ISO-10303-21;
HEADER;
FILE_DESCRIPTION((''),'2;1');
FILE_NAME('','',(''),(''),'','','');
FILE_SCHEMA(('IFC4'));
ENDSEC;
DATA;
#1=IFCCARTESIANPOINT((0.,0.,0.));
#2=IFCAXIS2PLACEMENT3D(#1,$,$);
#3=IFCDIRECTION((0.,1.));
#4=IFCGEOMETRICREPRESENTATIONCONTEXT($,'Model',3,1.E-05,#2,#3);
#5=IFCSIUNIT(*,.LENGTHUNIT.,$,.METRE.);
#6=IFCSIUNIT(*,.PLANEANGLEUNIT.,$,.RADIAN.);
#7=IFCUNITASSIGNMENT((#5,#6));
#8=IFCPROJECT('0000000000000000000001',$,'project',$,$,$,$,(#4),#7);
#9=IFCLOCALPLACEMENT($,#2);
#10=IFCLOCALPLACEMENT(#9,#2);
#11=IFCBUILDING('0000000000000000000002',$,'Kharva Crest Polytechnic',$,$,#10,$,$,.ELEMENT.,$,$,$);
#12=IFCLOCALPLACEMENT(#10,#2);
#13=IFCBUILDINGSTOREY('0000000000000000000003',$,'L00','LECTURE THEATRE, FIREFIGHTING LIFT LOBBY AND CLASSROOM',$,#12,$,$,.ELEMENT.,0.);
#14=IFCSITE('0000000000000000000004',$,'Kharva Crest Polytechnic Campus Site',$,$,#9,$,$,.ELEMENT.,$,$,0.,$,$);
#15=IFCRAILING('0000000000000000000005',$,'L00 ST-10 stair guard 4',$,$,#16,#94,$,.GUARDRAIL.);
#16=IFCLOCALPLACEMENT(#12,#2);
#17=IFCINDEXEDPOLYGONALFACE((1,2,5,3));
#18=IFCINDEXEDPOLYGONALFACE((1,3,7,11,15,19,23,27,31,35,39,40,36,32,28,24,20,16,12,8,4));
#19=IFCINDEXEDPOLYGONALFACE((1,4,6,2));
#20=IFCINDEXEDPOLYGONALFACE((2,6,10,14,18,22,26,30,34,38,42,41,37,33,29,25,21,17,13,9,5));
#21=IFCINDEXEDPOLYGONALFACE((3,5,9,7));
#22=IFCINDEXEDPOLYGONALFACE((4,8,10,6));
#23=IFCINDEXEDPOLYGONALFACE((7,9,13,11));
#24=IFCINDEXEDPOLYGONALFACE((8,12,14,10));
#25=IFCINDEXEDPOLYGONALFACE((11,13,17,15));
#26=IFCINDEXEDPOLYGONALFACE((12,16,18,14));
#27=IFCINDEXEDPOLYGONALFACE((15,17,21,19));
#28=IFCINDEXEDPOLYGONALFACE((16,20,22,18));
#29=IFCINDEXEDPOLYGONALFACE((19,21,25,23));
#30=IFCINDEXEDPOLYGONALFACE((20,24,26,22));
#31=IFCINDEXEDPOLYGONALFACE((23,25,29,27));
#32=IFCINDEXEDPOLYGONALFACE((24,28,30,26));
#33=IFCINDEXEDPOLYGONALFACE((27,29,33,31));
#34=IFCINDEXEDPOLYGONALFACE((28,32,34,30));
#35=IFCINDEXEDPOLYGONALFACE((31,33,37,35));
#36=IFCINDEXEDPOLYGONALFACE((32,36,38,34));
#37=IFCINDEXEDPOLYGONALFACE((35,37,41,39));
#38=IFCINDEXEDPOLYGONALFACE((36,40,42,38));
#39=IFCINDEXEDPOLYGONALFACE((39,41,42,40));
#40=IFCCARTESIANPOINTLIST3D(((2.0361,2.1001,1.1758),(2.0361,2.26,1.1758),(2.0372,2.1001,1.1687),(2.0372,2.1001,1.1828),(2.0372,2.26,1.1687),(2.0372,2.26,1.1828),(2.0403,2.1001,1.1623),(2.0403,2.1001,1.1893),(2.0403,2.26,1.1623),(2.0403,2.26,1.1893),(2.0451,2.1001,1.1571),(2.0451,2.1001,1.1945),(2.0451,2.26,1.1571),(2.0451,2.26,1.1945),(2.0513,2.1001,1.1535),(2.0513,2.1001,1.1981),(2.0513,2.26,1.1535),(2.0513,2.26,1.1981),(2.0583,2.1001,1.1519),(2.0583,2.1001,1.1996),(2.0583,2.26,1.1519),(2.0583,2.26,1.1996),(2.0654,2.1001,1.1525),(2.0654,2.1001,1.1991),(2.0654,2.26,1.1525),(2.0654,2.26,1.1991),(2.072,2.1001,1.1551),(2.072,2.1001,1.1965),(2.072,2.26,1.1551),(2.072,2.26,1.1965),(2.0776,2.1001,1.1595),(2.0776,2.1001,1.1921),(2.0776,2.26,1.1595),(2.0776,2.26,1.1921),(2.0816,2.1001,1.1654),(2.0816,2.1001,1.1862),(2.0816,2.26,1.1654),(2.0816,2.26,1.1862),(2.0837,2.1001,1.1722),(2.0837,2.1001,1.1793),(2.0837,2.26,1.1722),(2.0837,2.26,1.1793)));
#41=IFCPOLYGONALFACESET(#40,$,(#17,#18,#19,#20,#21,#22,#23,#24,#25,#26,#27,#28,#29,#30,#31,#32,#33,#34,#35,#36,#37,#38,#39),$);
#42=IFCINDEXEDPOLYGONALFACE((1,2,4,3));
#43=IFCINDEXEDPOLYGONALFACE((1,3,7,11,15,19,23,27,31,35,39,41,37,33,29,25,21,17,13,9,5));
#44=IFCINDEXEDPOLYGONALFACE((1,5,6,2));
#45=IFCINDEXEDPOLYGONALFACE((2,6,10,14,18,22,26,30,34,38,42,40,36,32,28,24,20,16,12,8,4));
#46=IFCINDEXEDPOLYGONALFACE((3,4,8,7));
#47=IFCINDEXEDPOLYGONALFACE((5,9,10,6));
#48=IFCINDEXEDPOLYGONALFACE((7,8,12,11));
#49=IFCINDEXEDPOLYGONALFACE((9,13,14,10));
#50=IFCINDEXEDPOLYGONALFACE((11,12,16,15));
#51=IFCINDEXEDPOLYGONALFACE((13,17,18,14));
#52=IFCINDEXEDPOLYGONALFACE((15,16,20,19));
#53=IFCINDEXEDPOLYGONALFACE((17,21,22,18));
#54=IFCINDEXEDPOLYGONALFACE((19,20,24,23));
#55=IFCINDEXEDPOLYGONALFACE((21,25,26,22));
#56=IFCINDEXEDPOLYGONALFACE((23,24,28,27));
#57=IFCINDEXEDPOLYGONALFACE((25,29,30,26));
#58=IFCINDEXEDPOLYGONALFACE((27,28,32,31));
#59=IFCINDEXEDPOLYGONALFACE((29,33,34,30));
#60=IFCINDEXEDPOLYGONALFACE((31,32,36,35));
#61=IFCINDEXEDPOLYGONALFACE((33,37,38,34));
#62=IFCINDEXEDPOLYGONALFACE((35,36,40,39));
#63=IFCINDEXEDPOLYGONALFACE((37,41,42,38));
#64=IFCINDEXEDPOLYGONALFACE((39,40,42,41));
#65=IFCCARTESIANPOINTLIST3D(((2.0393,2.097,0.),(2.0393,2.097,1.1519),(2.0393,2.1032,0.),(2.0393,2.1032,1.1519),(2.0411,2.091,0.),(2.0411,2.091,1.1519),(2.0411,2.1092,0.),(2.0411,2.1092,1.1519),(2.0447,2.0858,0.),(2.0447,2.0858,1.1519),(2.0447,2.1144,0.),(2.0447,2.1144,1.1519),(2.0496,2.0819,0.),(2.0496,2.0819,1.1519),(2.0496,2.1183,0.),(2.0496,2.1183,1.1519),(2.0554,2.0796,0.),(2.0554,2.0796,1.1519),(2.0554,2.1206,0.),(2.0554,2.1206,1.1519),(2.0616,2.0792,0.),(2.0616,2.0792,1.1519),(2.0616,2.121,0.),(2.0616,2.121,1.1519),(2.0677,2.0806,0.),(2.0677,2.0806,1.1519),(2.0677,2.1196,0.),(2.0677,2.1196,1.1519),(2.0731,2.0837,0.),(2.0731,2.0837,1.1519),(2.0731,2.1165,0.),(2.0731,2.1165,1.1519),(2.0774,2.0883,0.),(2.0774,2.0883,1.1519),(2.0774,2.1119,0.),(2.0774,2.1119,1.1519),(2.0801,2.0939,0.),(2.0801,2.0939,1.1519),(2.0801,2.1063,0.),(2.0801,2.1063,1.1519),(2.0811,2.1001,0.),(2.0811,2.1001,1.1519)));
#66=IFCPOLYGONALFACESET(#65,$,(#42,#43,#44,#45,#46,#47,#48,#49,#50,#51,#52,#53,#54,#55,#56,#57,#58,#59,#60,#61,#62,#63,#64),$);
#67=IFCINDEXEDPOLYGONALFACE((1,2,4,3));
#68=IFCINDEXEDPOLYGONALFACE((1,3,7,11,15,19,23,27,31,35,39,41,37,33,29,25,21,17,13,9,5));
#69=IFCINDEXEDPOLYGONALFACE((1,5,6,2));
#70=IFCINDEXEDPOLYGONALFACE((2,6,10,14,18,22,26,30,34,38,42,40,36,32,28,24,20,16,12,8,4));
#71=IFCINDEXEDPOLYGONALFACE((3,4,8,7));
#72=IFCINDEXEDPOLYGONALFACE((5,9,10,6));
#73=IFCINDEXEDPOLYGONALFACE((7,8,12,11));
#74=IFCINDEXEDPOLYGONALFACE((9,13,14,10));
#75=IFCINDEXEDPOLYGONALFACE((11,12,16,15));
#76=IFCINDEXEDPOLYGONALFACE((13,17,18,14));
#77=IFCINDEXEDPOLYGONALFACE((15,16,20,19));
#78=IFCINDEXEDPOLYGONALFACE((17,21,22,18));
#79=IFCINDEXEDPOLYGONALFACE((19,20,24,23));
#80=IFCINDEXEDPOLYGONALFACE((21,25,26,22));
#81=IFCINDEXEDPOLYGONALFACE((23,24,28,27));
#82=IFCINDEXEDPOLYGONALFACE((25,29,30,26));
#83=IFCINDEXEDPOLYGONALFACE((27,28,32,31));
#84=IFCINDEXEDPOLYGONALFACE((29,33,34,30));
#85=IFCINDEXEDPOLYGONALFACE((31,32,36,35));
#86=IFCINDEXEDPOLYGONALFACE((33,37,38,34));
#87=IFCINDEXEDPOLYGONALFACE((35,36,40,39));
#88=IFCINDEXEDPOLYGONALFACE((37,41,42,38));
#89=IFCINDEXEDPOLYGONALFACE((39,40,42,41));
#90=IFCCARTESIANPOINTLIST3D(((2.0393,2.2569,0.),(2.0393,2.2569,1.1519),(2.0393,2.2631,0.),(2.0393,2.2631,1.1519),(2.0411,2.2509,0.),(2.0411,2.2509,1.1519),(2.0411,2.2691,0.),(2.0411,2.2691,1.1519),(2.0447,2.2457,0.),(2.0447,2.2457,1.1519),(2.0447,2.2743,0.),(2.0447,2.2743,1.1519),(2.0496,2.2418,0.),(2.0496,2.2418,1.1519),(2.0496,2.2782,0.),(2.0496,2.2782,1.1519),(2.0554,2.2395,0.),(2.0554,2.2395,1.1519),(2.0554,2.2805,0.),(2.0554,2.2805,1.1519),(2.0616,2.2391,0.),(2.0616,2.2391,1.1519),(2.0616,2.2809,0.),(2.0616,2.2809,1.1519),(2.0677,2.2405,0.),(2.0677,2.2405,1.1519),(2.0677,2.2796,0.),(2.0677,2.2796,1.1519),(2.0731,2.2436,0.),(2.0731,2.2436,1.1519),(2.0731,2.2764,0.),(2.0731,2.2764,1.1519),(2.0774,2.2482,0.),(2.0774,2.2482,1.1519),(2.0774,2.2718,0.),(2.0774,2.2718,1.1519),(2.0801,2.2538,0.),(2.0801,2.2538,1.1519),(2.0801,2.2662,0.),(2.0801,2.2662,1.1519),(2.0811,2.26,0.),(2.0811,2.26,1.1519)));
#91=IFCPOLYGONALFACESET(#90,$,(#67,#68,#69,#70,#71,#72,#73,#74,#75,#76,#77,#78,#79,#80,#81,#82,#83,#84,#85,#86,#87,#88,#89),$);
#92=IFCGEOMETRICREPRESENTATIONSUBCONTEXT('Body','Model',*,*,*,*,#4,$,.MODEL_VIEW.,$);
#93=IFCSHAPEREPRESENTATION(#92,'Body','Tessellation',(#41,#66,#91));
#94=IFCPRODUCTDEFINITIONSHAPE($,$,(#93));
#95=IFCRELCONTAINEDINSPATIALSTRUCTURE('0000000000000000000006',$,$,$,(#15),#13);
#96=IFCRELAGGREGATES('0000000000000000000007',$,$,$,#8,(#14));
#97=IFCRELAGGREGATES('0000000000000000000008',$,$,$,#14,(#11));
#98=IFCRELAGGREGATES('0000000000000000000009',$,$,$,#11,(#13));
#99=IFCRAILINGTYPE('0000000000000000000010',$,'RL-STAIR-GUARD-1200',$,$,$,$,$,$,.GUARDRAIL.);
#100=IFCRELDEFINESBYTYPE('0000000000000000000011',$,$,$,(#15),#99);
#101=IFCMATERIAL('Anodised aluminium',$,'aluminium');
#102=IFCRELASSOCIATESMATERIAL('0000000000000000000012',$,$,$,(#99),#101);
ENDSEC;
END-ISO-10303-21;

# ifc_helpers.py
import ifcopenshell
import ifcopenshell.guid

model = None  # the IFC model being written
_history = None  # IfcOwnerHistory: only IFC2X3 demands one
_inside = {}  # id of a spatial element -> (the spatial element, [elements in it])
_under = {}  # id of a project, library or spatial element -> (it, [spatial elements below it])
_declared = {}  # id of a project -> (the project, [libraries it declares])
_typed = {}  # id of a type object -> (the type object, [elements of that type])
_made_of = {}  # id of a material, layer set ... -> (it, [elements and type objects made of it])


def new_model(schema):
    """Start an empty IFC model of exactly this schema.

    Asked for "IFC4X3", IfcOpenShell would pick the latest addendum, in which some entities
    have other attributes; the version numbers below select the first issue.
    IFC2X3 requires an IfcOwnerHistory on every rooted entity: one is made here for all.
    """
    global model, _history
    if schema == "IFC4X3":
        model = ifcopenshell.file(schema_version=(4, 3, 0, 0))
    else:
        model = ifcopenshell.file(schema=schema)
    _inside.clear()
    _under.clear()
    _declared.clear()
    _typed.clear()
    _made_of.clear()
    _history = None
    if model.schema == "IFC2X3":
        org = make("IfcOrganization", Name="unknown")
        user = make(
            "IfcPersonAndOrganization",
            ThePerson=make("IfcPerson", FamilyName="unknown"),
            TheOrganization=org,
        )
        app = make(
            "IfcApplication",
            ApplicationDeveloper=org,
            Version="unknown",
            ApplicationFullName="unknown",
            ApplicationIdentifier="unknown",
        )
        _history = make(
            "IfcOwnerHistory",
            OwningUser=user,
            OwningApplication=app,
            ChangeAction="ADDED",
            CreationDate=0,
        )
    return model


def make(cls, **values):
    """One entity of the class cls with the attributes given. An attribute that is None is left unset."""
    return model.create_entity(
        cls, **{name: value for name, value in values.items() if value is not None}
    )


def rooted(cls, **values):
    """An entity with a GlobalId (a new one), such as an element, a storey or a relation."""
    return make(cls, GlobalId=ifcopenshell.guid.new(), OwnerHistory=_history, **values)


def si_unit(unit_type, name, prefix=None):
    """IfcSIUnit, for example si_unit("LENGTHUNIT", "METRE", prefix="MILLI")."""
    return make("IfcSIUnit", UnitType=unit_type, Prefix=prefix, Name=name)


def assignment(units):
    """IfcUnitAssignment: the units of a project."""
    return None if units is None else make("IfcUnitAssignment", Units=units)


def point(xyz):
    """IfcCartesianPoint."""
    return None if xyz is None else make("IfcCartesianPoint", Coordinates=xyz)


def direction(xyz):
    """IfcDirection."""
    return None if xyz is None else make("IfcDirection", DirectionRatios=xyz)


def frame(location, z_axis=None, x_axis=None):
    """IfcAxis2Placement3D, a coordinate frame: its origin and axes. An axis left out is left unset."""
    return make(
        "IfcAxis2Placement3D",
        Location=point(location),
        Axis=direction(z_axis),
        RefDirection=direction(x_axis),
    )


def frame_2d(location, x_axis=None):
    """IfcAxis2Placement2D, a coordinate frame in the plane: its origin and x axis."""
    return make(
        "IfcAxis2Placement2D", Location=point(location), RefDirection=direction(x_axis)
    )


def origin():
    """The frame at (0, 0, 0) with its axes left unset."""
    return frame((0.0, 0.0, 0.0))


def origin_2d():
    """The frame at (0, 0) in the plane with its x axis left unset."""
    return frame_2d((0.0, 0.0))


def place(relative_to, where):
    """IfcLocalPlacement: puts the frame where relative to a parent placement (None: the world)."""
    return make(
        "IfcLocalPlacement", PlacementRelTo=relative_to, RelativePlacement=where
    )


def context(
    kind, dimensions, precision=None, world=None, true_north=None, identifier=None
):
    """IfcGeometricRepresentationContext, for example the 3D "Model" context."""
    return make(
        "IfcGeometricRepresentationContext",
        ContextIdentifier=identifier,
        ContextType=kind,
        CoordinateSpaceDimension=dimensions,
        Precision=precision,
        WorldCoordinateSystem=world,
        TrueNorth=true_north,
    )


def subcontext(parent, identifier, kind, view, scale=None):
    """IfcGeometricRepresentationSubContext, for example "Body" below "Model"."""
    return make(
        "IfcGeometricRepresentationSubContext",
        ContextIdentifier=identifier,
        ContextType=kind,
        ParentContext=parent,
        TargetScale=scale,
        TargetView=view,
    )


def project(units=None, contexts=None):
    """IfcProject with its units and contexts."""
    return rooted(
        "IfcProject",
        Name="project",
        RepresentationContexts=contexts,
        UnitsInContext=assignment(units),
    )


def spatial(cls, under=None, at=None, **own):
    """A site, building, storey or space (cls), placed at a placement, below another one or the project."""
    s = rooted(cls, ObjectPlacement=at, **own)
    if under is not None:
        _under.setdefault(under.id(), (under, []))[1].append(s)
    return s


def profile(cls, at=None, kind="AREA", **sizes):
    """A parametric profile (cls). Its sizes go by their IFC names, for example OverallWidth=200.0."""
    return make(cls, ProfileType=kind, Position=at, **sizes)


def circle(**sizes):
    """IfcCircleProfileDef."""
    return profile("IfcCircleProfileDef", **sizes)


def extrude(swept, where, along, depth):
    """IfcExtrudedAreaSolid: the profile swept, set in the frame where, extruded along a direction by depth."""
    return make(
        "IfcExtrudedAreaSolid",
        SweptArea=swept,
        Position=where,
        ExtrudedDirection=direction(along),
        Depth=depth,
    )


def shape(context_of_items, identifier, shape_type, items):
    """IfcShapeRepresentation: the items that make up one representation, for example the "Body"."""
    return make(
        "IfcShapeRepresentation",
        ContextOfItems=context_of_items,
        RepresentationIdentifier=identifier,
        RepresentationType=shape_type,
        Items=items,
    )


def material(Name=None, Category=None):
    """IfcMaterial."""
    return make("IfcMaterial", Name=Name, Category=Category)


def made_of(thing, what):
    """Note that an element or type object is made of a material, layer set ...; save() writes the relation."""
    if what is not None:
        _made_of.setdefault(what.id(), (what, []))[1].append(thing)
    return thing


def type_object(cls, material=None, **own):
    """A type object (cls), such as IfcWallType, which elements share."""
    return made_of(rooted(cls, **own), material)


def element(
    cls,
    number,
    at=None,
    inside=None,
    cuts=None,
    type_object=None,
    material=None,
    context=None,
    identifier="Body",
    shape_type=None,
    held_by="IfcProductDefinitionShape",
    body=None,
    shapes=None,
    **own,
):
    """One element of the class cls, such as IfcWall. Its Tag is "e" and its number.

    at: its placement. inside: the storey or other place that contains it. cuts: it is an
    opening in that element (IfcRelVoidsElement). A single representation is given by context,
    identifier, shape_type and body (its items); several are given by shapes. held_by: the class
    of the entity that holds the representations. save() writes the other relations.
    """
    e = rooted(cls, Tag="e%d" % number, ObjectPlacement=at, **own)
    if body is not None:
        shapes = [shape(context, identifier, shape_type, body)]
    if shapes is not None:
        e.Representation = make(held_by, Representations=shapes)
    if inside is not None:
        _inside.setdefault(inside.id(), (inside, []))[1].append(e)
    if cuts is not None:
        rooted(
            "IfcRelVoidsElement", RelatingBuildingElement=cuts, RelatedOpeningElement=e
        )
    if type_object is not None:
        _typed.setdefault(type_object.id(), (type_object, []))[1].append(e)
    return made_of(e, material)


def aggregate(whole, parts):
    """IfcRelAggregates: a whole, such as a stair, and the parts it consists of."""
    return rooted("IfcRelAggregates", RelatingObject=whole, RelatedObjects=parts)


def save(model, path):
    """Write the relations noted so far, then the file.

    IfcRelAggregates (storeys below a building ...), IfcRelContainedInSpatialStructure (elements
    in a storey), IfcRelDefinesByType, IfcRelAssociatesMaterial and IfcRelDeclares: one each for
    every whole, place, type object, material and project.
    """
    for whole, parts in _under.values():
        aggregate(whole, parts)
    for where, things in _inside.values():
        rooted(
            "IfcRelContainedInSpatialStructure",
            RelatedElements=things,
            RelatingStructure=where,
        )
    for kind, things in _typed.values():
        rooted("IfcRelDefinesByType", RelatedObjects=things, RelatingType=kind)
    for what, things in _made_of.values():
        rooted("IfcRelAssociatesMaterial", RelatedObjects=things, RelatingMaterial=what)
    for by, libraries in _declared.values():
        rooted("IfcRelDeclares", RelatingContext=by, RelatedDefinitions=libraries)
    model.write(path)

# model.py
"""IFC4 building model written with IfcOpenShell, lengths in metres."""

from ifc_helpers import new_model, si_unit, direction, frame, origin, origin_2d, place, context, subcontext, project, spatial, circle, extrude, material, type_object, element, save


model = new_model("IFC4")

# Units and contexts
model_context = context("Model", 3, precision=1e-05, world=origin(), true_north=direction((0.0, 1.0)))
body_context = subcontext(model_context, "Body", "Model", "MODEL_VIEW")
ifc_project = project(units=[si_unit("LENGTHUNIT", "METRE"), si_unit("PLANEANGLEUNIT", "RADIAN")], contexts=[model_context])

# Site, building, storey
site_placement = place(None, origin())
site = spatial("IfcSite", under=ifc_project, at=site_placement, Name="Kharva Crest Polytechnic Campus Site", CompositionType="ELEMENT", RefElevation=0.0)
building_placement = place(site_placement, origin())
building = spatial("IfcBuilding", under=site, at=building_placement, Name="Kharva Crest Polytechnic", CompositionType="ELEMENT")
storey_placement = place(building_placement, origin())
storey = spatial("IfcBuildingStorey", under=building, at=storey_placement, Name="L00", Description="LECTURE THEATRE, FIREFIGHTING LIFT LOBBY AND CLASSROOM", CompositionType="ELEMENT", Elevation=0.0)

# Shared definitions
ifc_material_1 = material(Name="Anodised aluminium", Category="aluminium")

# Railing
railing_type_1 = type_object("IfcRailingType", Name="RL-STAIR-GUARD-1200", PredefinedType="GUARDRAIL", material=ifc_material_1)
railing_1_placement = place(storey_placement, frame((2.0601, 2.1001, 0.0)))
element("IfcRailing", 1, at=railing_1_placement, inside=storey, type_object=railing_type_1, Name="L00 ST-10 stair guard 4", PredefinedType="GUARDRAIL", context=body_context, shape_type="SweptSolid", body=[
    extrude(circle(Radius=0.0239, at=origin_2d()), frame((0.0, 0.0, 1.1758), z_axis=(0.0, 1.0, 0.0), x_axis=(-1.0, 0.0, 0.0)), (0.0, 0.0, 1.0), 0.1599),
    extrude(circle(Radius=0.021, at=origin_2d()), origin(), (0.0, 0.0, 1.0), 1.1519),
    extrude(circle(Radius=0.021, at=origin_2d()), frame((0.0, 0.1599, 0.0)), (0.0, 0.0, 1.0), 1.1519),
])

save(model, "model.ifc")
